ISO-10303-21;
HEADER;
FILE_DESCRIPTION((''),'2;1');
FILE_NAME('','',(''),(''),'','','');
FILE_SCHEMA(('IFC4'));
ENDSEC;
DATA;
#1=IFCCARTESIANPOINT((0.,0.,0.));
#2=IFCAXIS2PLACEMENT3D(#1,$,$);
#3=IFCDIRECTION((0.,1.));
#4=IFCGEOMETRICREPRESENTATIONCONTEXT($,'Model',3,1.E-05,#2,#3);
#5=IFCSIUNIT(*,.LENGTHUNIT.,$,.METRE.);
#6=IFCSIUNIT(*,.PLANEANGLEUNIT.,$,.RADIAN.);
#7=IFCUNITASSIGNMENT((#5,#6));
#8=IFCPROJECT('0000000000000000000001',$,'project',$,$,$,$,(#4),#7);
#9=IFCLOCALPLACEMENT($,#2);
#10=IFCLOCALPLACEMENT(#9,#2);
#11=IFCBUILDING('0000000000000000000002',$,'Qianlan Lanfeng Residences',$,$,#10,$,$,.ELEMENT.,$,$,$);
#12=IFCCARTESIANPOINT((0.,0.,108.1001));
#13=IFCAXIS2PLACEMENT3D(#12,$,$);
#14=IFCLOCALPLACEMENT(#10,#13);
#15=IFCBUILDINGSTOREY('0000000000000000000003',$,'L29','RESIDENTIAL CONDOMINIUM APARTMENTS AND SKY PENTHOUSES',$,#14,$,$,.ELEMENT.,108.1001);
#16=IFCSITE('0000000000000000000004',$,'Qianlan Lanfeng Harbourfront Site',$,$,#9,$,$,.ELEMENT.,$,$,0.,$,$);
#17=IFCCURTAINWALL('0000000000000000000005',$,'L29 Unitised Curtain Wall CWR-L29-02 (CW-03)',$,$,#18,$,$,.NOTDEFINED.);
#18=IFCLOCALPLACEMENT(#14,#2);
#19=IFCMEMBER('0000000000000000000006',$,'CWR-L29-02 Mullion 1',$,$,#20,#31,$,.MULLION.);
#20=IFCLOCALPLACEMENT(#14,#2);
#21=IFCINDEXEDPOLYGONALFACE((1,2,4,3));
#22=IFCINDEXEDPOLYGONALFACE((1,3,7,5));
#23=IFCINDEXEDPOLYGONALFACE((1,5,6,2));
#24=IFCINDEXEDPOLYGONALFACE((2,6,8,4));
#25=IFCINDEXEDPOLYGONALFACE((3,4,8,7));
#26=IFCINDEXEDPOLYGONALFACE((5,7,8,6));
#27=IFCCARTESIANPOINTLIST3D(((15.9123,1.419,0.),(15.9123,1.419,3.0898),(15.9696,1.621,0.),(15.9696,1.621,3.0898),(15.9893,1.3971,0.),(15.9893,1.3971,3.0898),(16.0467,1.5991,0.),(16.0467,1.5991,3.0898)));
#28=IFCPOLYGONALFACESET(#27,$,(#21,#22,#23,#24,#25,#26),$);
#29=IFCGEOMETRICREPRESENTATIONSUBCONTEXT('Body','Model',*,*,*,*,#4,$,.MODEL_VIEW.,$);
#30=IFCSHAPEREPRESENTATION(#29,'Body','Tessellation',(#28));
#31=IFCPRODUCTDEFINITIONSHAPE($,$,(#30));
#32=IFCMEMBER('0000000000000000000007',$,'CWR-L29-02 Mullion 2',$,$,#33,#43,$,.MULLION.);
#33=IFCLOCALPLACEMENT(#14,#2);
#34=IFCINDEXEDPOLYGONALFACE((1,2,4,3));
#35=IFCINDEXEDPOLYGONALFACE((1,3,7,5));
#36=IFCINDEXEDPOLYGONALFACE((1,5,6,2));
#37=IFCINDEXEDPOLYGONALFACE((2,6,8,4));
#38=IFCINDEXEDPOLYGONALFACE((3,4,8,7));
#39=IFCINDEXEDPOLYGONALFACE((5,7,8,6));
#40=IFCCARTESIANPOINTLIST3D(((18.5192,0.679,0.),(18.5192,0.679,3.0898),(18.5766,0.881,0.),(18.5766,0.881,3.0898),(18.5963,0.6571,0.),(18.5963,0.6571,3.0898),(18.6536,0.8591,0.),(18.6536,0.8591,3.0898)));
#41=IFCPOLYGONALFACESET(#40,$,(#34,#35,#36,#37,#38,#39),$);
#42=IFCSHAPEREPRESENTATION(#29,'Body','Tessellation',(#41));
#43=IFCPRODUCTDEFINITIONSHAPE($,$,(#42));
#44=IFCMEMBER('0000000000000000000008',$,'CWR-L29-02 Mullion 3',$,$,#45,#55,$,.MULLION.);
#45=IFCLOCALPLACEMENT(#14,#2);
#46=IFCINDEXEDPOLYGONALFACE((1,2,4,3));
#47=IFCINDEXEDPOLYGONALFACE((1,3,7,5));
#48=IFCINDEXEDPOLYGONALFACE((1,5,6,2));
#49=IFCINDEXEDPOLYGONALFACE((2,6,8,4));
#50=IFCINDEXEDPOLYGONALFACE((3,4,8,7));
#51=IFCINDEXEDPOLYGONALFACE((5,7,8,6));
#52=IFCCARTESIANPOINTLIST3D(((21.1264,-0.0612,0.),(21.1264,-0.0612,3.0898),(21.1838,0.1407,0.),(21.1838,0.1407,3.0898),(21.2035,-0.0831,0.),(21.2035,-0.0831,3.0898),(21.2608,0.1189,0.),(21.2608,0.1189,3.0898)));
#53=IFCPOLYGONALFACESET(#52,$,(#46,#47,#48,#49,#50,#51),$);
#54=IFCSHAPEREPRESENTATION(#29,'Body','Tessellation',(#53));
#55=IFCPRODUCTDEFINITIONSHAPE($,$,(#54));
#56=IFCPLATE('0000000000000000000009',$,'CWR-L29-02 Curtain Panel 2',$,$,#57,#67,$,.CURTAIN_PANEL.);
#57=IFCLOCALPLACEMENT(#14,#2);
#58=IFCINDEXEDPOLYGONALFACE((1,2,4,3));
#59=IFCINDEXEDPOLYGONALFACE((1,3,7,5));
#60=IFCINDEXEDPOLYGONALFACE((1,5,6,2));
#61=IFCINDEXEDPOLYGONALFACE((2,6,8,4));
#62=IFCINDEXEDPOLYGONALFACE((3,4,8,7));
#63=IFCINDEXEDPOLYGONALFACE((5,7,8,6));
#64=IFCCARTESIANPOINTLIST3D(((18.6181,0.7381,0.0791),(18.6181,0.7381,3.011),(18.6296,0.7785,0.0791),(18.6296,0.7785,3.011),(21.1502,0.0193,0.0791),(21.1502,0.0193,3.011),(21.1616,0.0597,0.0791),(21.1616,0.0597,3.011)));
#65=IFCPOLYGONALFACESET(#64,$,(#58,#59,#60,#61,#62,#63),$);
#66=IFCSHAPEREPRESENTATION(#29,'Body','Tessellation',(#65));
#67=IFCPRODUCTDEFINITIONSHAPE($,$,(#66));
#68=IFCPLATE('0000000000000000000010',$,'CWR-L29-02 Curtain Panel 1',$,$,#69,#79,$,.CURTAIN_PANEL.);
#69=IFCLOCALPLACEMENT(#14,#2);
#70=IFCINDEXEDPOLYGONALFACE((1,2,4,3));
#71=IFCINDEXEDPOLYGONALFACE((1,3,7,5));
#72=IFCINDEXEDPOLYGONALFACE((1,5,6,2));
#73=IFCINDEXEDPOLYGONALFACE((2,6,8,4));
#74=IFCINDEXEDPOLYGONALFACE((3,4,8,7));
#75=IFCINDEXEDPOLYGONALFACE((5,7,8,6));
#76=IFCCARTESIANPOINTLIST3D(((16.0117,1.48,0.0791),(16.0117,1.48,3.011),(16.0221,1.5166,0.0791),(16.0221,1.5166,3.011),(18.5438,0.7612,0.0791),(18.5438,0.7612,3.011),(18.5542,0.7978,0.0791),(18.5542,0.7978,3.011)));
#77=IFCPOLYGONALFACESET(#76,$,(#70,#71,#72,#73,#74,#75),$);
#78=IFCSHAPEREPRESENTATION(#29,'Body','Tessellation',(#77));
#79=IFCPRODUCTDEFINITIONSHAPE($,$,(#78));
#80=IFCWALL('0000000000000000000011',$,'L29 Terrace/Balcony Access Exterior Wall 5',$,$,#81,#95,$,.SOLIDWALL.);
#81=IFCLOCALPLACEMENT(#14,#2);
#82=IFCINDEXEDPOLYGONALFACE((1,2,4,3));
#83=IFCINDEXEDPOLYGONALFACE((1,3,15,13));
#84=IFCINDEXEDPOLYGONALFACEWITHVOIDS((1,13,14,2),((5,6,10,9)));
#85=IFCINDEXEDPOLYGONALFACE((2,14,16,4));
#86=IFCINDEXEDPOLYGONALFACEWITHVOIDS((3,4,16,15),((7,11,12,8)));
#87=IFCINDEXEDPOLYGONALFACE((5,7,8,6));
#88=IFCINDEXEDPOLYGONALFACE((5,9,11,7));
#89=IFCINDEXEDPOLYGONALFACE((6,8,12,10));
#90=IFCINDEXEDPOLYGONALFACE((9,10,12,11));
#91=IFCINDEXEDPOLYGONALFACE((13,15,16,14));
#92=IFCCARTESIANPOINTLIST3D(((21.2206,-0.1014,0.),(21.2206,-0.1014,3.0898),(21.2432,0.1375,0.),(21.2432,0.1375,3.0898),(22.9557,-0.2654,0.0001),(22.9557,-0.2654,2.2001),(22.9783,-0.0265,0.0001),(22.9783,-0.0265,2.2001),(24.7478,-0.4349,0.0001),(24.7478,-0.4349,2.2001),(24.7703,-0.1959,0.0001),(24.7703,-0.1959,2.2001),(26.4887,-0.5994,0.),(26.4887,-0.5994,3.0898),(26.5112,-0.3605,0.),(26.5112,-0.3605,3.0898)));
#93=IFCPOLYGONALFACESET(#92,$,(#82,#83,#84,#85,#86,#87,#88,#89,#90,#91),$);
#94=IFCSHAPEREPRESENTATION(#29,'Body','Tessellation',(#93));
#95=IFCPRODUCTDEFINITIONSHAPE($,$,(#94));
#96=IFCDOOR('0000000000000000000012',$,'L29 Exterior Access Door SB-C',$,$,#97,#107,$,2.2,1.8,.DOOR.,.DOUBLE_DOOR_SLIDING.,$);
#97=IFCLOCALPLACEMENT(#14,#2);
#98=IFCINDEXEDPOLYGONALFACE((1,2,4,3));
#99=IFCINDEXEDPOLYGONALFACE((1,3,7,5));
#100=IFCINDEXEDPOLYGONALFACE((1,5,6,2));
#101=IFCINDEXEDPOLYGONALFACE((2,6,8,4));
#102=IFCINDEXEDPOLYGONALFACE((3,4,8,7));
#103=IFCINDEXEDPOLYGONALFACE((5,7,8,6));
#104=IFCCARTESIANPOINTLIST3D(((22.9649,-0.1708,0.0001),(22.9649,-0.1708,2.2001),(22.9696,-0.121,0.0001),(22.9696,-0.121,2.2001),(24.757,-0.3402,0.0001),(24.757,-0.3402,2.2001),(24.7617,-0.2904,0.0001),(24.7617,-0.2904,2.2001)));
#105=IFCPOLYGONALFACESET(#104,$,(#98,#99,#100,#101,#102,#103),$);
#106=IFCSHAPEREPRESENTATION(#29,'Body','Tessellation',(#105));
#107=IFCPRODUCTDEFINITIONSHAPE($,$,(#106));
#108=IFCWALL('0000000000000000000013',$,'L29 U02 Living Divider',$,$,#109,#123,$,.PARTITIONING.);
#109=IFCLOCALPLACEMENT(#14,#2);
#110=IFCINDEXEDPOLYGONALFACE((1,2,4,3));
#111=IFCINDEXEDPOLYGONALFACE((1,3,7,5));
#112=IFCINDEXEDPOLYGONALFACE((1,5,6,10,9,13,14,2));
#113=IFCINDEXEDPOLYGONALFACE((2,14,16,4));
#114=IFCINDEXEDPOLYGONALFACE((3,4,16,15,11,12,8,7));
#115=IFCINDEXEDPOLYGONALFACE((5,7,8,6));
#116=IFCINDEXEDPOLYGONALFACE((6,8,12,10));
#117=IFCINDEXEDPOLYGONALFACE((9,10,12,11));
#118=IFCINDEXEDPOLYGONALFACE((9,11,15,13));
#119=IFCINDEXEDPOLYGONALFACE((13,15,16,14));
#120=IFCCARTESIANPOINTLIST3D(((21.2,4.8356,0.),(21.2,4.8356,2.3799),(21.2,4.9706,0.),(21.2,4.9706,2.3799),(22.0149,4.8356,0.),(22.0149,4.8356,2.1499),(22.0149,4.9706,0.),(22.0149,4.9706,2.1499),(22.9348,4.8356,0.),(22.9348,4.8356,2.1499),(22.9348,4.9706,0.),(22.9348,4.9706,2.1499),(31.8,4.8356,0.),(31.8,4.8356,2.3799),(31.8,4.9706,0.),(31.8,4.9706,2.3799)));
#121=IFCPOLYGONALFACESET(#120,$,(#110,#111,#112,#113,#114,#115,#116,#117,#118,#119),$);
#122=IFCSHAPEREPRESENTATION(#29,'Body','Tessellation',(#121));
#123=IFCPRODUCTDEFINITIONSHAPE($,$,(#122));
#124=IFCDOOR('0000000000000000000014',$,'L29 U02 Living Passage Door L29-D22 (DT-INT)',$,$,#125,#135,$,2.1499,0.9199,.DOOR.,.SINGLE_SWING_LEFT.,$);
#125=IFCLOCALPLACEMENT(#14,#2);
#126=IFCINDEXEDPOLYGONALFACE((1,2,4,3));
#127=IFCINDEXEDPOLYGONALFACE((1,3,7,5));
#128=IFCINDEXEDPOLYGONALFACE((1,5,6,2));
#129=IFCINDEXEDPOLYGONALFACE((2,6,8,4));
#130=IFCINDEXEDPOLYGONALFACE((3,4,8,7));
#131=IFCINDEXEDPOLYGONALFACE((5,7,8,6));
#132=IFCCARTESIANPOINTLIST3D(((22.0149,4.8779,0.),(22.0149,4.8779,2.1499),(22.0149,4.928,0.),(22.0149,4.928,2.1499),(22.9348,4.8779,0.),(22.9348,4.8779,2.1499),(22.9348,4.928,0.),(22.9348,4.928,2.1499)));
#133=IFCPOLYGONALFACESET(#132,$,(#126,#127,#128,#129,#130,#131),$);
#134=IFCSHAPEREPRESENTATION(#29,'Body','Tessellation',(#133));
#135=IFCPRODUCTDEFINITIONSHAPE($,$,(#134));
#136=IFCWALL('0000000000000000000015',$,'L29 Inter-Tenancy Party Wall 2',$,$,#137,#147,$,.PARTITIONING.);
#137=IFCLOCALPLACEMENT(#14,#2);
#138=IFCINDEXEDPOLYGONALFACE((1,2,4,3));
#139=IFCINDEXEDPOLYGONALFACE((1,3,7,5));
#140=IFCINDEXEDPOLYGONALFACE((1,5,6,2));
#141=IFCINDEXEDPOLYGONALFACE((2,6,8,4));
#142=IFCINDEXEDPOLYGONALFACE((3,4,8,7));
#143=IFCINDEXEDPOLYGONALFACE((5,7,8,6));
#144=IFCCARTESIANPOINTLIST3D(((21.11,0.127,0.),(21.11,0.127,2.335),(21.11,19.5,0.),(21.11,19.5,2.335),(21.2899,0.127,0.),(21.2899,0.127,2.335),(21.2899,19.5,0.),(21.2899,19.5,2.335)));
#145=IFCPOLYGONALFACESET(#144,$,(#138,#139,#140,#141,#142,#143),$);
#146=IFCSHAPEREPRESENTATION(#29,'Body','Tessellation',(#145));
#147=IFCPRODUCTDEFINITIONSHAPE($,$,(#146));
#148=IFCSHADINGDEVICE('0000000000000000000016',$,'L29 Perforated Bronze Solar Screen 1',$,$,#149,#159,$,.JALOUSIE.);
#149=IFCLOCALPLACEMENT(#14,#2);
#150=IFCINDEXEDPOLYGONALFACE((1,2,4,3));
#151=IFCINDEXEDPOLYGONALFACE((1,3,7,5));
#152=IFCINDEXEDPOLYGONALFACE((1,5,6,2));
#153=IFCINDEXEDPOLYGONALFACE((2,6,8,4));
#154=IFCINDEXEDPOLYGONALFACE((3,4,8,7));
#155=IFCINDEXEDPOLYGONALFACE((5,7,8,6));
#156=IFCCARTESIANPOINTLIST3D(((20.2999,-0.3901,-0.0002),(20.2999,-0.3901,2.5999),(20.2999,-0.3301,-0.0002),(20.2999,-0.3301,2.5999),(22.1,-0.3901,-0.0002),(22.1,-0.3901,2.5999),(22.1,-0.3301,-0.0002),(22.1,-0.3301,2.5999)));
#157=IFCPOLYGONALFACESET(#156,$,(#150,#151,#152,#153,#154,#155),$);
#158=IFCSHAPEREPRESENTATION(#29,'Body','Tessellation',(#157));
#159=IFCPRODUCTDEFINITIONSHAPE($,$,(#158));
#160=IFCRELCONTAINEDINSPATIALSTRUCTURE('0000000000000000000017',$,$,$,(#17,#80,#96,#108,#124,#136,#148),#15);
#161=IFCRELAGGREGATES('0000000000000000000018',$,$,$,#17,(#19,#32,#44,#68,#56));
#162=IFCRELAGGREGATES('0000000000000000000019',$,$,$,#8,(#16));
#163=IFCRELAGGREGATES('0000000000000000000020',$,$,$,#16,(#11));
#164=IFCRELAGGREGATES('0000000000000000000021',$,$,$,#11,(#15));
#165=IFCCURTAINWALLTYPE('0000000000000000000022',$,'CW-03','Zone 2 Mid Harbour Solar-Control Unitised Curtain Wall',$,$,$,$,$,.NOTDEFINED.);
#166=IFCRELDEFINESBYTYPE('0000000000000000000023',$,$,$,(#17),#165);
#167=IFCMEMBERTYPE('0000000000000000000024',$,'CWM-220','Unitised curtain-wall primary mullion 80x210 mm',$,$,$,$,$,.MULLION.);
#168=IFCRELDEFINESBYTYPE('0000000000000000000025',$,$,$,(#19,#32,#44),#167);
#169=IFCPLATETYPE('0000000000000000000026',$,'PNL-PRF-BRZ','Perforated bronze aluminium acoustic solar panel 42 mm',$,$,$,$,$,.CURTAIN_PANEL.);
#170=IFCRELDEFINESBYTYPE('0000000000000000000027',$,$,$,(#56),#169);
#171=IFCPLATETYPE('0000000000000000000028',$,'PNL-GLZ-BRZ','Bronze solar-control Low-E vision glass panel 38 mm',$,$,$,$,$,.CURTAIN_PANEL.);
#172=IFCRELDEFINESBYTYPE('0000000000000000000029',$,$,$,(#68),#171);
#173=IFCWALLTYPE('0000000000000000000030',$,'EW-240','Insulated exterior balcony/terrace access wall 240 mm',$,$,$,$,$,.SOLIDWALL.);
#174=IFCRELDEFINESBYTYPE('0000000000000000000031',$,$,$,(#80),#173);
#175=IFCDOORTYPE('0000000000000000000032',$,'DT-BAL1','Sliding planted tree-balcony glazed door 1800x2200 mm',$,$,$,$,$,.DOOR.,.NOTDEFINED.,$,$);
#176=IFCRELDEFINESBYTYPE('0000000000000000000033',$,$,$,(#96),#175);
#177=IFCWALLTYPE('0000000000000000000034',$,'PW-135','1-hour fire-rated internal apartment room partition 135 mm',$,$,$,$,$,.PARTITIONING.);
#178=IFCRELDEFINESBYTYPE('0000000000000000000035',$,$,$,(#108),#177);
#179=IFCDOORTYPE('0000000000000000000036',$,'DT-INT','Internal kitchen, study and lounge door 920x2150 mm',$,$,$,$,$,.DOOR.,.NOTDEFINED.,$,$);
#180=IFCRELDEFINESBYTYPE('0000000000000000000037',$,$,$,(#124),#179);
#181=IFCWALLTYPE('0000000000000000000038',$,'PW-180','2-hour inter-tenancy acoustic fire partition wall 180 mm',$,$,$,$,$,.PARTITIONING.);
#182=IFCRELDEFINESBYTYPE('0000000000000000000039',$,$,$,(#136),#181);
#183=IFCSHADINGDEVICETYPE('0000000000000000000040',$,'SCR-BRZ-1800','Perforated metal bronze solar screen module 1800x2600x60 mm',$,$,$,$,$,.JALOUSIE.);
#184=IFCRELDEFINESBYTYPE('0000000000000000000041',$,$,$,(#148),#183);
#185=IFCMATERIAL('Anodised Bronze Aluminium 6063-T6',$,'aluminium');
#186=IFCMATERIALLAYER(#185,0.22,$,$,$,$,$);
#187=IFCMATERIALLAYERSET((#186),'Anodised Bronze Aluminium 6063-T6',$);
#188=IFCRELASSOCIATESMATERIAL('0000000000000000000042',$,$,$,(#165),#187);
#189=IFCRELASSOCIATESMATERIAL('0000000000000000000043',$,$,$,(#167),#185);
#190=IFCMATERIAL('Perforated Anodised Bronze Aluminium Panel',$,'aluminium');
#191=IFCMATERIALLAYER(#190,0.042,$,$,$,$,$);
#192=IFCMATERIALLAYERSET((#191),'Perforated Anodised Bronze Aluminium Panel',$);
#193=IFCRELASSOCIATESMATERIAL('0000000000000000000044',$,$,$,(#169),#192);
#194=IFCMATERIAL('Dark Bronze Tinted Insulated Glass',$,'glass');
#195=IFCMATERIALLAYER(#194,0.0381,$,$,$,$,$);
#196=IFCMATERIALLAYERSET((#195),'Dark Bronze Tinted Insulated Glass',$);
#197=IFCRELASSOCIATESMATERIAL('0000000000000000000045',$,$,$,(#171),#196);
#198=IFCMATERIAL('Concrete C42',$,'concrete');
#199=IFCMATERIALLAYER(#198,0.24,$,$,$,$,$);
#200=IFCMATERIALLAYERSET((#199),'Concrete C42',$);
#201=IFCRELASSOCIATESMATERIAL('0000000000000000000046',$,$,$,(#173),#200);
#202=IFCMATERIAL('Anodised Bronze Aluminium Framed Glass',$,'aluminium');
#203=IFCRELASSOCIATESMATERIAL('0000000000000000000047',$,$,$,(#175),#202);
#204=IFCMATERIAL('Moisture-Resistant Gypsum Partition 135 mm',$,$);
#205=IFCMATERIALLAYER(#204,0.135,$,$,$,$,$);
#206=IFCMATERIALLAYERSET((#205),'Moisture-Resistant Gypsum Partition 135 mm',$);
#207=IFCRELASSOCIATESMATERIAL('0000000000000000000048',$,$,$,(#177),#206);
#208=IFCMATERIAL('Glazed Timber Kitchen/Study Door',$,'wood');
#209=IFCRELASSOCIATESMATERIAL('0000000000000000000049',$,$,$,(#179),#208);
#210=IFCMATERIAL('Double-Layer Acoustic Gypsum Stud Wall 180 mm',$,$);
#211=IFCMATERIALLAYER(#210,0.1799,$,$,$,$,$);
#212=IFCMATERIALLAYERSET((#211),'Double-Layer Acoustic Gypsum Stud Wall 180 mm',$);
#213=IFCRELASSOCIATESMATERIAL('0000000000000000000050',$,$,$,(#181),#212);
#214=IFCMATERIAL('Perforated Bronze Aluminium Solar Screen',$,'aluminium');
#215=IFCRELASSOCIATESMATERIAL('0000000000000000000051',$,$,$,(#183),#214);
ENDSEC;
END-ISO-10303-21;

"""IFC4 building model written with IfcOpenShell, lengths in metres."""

from ifc_helpers import new_model, si_unit, direction, frame, frame_2d, origin, origin_2d, place, context, subcontext, project, spatial, rectangle, extrude, source, transform, mapped, material, layer, layer_set, material_profile, profile_set, type_object, element, fill, aggregate, save


model = new_model("IFC4")

# Units and contexts
model_context = context("Model", 3, precision=1e-05, world=origin(), true_north=direction((0.0, 1.0)))
body_context = subcontext(model_context, "Body", "Model", "MODEL_VIEW")
ifc_project = project(units=[si_unit("LENGTHUNIT", "METRE"), si_unit("PLANEANGLEUNIT", "RADIAN")], contexts=[model_context])

# Site, building, storey
site_placement = place(None, origin())
site = spatial("IfcSite", under=ifc_project, at=site_placement, Name="Qianlan Lanfeng Harbourfront Site", CompositionType="ELEMENT", RefElevation=0.0)
building_placement = place(site_placement, origin())
building = spatial("IfcBuilding", under=site, at=building_placement, Name="Qianlan Lanfeng Residences", CompositionType="ELEMENT")
storey_placement = place(building_placement, frame((0.0, 0.0, 108.1001)))
storey = spatial("IfcBuildingStorey", under=building, at=storey_placement, Name="L29", Description="RESIDENTIAL CONDOMINIUM APARTMENTS AND SKY PENTHOUSES", CompositionType="ELEMENT", Elevation=108.1001)

# Curtain wall, members, plates
ifc_material_1 = material(Name="Anodised Bronze Aluminium 6063-T6", Category="aluminium")
ifc_layer_1 = layer(ifc_material_1, 0.22)
ifc_layer_set_1 = layer_set([ifc_layer_1], Name="Anodised Bronze Aluminium 6063-T6")
curtain_wall_type = type_object("IfcCurtainWallType", Name="CW-03", Description="Zone 2 Mid Harbour Solar-Control Unitised Curtain Wall", PredefinedType="NOTDEFINED", material=ifc_layer_set_1)
curtain_wall_placement = place(storey_placement, origin())
curtain_wall = element("IfcCurtainWall", 1, at=curtain_wall_placement, inside=storey, type_object=curtain_wall_type, Name="L29 Unitised Curtain Wall CWR-L29-02 (CW-03)", PredefinedType="NOTDEFINED")
ifc_material_profile_1 = material_profile(ifc_material_1, rectangle(XDim=0.0801, YDim=0.21, at=origin_2d()), Name="ALU MULLION 80x210")
ifc_profile_set_1 = profile_set([ifc_material_profile_1], Name="Anodised Bronze Aluminium 6063-T6")
member_type_1 = type_object("IfcMemberType", Name="CWM-220", Description="Unitised curtain-wall primary mullion 80x210 mm", PredefinedType="MULLION", material=ifc_profile_set_1)
shared_shape_1 = source(origin(), body_context, "Body", "SweptSolid", [
    extrude(rectangle(XDim=0.0801, YDim=0.21, at=origin_2d()), origin(), (0.0, 0.0, 1.0), 3.0898),
])
member_1_placement = place(storey_placement, frame((15.9795, 1.509, 0.0), z_axis=(0.0, 0.0, 1.0), x_axis=(0.961989, -0.273088, 0.0)))
member_1 = element("IfcMember", 2, at=member_1_placement, type_object=member_type_1, Name="CWR-L29-02 Mullion 1", PredefinedType="MULLION", context=body_context, shape_type="MappedRepresentation", body=[
    mapped(shared_shape_1, transform((0.0, 0.0, 0.0), scale=1.0)),
])
member_2_placement = place(storey_placement, frame((18.5864, 0.769, 0.0), z_axis=(0.0, 0.0, 1.0), x_axis=(0.961989, -0.273088, 0.0)))
member_2 = element("IfcMember", 3, at=member_2_placement, type_object=member_type_1, Name="CWR-L29-02 Mullion 2", PredefinedType="MULLION", context=body_context, shape_type="MappedRepresentation", body=[
    mapped(shared_shape_1, transform((0.0, 0.0, 0.0), scale=1.0)),
])
member_3_placement = place(storey_placement, frame((21.1936, 0.0288, 0.0), z_axis=(0.0, 0.0, 1.0), x_axis=(0.961989, -0.273088, 0.0)))
member_3 = element("IfcMember", 4, at=member_3_placement, type_object=member_type_1, Name="CWR-L29-02 Mullion 3", PredefinedType="MULLION", context=body_context, shape_type="MappedRepresentation", body=[
    mapped(shared_shape_1, transform((0.0, 0.0, 0.0), scale=1.0)),
])
ifc_material_2 = material(Name="Perforated Anodised Bronze Aluminium Panel", Category="aluminium")
ifc_layer_2 = layer(ifc_material_2, 0.042)
ifc_layer_set_2 = layer_set([ifc_layer_2], Name="Perforated Anodised Bronze Aluminium Panel")
plate_type_1 = type_object("IfcPlateType", Name="PNL-PRF-BRZ", Description="Perforated bronze aluminium acoustic solar panel 42 mm", PredefinedType="CURTAIN_PANEL", material=ifc_layer_set_2)
shared_shape_2 = source(origin(), body_context, "Body", "SweptSolid", [
    extrude(rectangle(XDim=2.6321, YDim=0.042, at=origin_2d()), origin(), (0.0, 0.0, 1.0), 2.9319),
])
plate_1_placement = place(storey_placement, frame((19.8899, 0.3989, 0.0791), z_axis=(0.0, 0.0, 1.0), x_axis=(0.961989, -0.273088, 0.0)))
plate_1 = element("IfcPlate", 5, at=plate_1_placement, type_object=plate_type_1, Name="CWR-L29-02 Curtain Panel 2", PredefinedType="CURTAIN_PANEL", context=body_context, shape_type="MappedRepresentation", body=[
    mapped(shared_shape_2, transform((0.0, 0.0, 0.0), scale=1.0)),
])
ifc_material_3 = material(Name="Dark Bronze Tinted Insulated Glass", Category="glass")
ifc_layer_3 = layer(ifc_material_3, 0.0381)
ifc_layer_set_3 = layer_set([ifc_layer_3], Name="Dark Bronze Tinted Insulated Glass")
plate_type_2 = type_object("IfcPlateType", Name="PNL-GLZ-BRZ", Description="Bronze solar-control Low-E vision glass panel 38 mm", PredefinedType="CURTAIN_PANEL", material=ifc_layer_set_3)
shared_shape_3 = source(origin(), body_context, "Body", "SweptSolid", [
    extrude(rectangle(XDim=2.6321, YDim=0.0381, at=origin_2d()), origin(), (0.0, 0.0, 1.0), 2.9319),
])
plate_2_placement = place(storey_placement, frame((17.283, 1.1389, 0.0791), z_axis=(0.0, 0.0, 1.0), x_axis=(0.961989, -0.273088, 0.0)))
plate_2 = element("IfcPlate", 6, at=plate_2_placement, type_object=plate_type_2, Name="CWR-L29-02 Curtain Panel 1", PredefinedType="CURTAIN_PANEL", context=body_context, shape_type="MappedRepresentation", body=[
    mapped(shared_shape_3, transform((0.0, 0.0, 0.0), scale=1.0)),
])
aggregate(curtain_wall, [member_1, member_2, member_3, plate_2, plate_1])

# Walls, openings, doors
ifc_material_4 = material(Name="Concrete C42", Category="concrete")
ifc_layer_4 = layer(ifc_material_4, 0.24)
ifc_layer_set_4 = layer_set([ifc_layer_4], Name="Concrete C42")
wall_type_1 = type_object("IfcWallType", Name="EW-240", Description="Insulated exterior balcony/terrace access wall 240 mm", PredefinedType="SOLIDWALL", material=ifc_layer_set_4)
wall_1_placement = place(storey_placement, frame((21.2319, 0.0181, 0.0), z_axis=(0.0, 0.0, 1.0), x_axis=(0.995561, -0.094121, 0.0)))
wall_1 = element("IfcWall", 7, at=wall_1_placement, inside=storey, type_object=wall_type_1, Name="L29 Terrace/Balcony Access Exterior Wall 5", PredefinedType="SOLIDWALL", context=body_context, shape_type="SweptSolid", body=[
    extrude(rectangle(XDim=5.2915, YDim=0.24, at=frame_2d((2.6458, 0.0))), origin(), (0.0, 0.0, 1.0), 3.0898),
])
opening_1_placement = place(wall_1_placement, frame((1.7429, 0.0, 0.0)))
opening_1 = element("IfcOpeningElement", 8, at=opening_1_placement, cuts=wall_1, PredefinedType="OPENING", context=body_context, shape_type="SweptSolid", body=[
    extrude(rectangle(XDim=1.8, YDim=2.2, at=frame_2d((0.8999, 1.1001))), frame((0.0, 0.1299, 0.0), z_axis=(0.0, -1.0, 0.0), x_axis=(1.0, 0.0, 0.0)), (0.0, 0.0, 1.0), 0.26),
])
ifc_material_5 = material(Name="Anodised Bronze Aluminium Framed Glass", Category="aluminium")
door_type_1 = type_object("IfcDoorType", Name="DT-BAL1", Description="Sliding planted tree-balcony glazed door 1800x2200 mm", OperationType="NOTDEFINED", PredefinedType="DOOR", material=ifc_material_5)
door_1_placement = place(opening_1_placement, frame((1.8, 0.0, 0.0), z_axis=(0.0, 0.0, 1.0), x_axis=(-1.0, 0.0, 0.0)))
door_1 = element("IfcDoor", 9, at=door_1_placement, inside=storey, type_object=door_type_1, Name="L29 Exterior Access Door SB-C", OperationType="DOUBLE_DOOR_SLIDING", OverallHeight=2.2, OverallWidth=1.8, PredefinedType="DOOR", context=body_context, shape_type="SweptSolid", body=[
    extrude(rectangle(XDim=1.8, YDim=2.2, at=frame_2d((0.8999, 1.1001))), frame((0.0, 0.0249, 0.0), z_axis=(0.0, -1.0, 0.0), x_axis=(1.0, 0.0, 0.0)), (0.0, 0.0, 1.0), 0.05),
])
fill(opening_1, door_1)
ifc_material_6 = material(Name="Moisture-Resistant Gypsum Partition 135 mm")
ifc_layer_5 = layer(ifc_material_6, 0.135)
ifc_layer_set_5 = layer_set([ifc_layer_5], Name="Moisture-Resistant Gypsum Partition 135 mm")
wall_type_2 = type_object("IfcWallType", Name="PW-135", Description="1-hour fire-rated internal apartment room partition 135 mm", PredefinedType="PARTITIONING", material=ifc_layer_set_5)
wall_2_placement = place(storey_placement, frame((21.2, 4.9031, 0.0), z_axis=(0.0, 0.0, 1.0), x_axis=(1.0, 0.0, 0.0)))
wall_2 = element("IfcWall", 10, at=wall_2_placement, inside=storey, type_object=wall_type_2, Name="L29 U02 Living Divider", PredefinedType="PARTITIONING", context=body_context, shape_type="SweptSolid", body=[
    extrude(rectangle(XDim=10.6001, YDim=0.135, at=frame_2d((5.3, 0.0))), origin(), (0.0, 0.0, 1.0), 2.3799),
])
opening_2_placement = place(wall_2_placement, frame((0.8149, 0.0, 0.0)))
opening_2 = element("IfcOpeningElement", 11, at=opening_2_placement, cuts=wall_2, PredefinedType="OPENING", context=body_context, shape_type="SweptSolid", body=[
    extrude(rectangle(XDim=0.9199, YDim=2.1499, at=frame_2d((0.46, 1.075))), frame((0.0, 0.0776, 0.0), z_axis=(0.0, -1.0, 0.0), x_axis=(1.0, 0.0, 0.0)), (0.0, 0.0, 1.0), 0.155),
])
ifc_material_7 = material(Name="Glazed Timber Kitchen/Study Door", Category="wood")
door_type_2 = type_object("IfcDoorType", Name="DT-INT", Description="Internal kitchen, study and lounge door 920x2150 mm", OperationType="NOTDEFINED", PredefinedType="DOOR", material=ifc_material_7)
door_2_placement = place(opening_2_placement, origin())
door_2 = element("IfcDoor", 12, at=door_2_placement, inside=storey, type_object=door_type_2, Name="L29 U02 Living Passage Door L29-D22 (DT-INT)", OperationType="SINGLE_SWING_LEFT", OverallHeight=2.1499, OverallWidth=0.9199, PredefinedType="DOOR", context=body_context, shape_type="SweptSolid", body=[
    extrude(rectangle(XDim=0.9199, YDim=2.1499, at=frame_2d((0.46, 1.075))), frame((0.0, 0.0249, 0.0), z_axis=(0.0, -1.0, 0.0), x_axis=(1.0, 0.0, 0.0)), (0.0, 0.0, 1.0), 0.05),
])
fill(opening_2, door_2)

# Wall
ifc_material_8 = material(Name="Double-Layer Acoustic Gypsum Stud Wall 180 mm")
ifc_layer_6 = layer(ifc_material_8, 0.1799)
ifc_layer_set_6 = layer_set([ifc_layer_6], Name="Double-Layer Acoustic Gypsum Stud Wall 180 mm")
wall_type_3 = type_object("IfcWallType", Name="PW-180", Description="2-hour inter-tenancy acoustic fire partition wall 180 mm", PredefinedType="PARTITIONING", material=ifc_layer_set_6)
wall_3_placement = place(storey_placement, frame((21.2, 0.127, 0.0), z_axis=(0.0, 0.0, 1.0), x_axis=(0.0, 1.0, 0.0)))
element("IfcWall", 13, at=wall_3_placement, inside=storey, type_object=wall_type_3, Name="L29 Inter-Tenancy Party Wall 2", PredefinedType="PARTITIONING", context=body_context, shape_type="SweptSolid", body=[
    extrude(rectangle(XDim=19.373, YDim=0.1799, at=frame_2d((9.6865, 0.0))), origin(), (0.0, 0.0, 1.0), 2.335),
])

# Shading device
ifc_material_9 = material(Name="Perforated Bronze Aluminium Solar Screen", Category="aluminium")
shading_device_type = type_object("IfcShadingDeviceType", Name="SCR-BRZ-1800", Description="Perforated metal bronze solar screen module 1800x2600x60 mm", PredefinedType="JALOUSIE", material=ifc_material_9)
shared_shape_4 = source(origin(), body_context, "Body", "SweptSolid", [
    extrude(rectangle(XDim=1.8, YDim=0.0601, at=origin_2d()), origin(), (0.0, 0.0, 1.0), 2.6001),
])
shading_device_placement = place(storey_placement, frame((21.2, -0.3601, -0.0002), z_axis=(0.0, 0.0, 1.0), x_axis=(1.0, 0.0, 0.0)))
element("IfcShadingDevice", 14, at=shading_device_placement, inside=storey, type_object=shading_device_type, Name="L29 Perforated Bronze Solar Screen 1", PredefinedType="JALOUSIE", context=body_context, shape_type="MappedRepresentation", body=[
    mapped(shared_shape_4, transform((0.0, 0.0, 0.0), scale=1.0)),
])

save(model, "model.ifc")
